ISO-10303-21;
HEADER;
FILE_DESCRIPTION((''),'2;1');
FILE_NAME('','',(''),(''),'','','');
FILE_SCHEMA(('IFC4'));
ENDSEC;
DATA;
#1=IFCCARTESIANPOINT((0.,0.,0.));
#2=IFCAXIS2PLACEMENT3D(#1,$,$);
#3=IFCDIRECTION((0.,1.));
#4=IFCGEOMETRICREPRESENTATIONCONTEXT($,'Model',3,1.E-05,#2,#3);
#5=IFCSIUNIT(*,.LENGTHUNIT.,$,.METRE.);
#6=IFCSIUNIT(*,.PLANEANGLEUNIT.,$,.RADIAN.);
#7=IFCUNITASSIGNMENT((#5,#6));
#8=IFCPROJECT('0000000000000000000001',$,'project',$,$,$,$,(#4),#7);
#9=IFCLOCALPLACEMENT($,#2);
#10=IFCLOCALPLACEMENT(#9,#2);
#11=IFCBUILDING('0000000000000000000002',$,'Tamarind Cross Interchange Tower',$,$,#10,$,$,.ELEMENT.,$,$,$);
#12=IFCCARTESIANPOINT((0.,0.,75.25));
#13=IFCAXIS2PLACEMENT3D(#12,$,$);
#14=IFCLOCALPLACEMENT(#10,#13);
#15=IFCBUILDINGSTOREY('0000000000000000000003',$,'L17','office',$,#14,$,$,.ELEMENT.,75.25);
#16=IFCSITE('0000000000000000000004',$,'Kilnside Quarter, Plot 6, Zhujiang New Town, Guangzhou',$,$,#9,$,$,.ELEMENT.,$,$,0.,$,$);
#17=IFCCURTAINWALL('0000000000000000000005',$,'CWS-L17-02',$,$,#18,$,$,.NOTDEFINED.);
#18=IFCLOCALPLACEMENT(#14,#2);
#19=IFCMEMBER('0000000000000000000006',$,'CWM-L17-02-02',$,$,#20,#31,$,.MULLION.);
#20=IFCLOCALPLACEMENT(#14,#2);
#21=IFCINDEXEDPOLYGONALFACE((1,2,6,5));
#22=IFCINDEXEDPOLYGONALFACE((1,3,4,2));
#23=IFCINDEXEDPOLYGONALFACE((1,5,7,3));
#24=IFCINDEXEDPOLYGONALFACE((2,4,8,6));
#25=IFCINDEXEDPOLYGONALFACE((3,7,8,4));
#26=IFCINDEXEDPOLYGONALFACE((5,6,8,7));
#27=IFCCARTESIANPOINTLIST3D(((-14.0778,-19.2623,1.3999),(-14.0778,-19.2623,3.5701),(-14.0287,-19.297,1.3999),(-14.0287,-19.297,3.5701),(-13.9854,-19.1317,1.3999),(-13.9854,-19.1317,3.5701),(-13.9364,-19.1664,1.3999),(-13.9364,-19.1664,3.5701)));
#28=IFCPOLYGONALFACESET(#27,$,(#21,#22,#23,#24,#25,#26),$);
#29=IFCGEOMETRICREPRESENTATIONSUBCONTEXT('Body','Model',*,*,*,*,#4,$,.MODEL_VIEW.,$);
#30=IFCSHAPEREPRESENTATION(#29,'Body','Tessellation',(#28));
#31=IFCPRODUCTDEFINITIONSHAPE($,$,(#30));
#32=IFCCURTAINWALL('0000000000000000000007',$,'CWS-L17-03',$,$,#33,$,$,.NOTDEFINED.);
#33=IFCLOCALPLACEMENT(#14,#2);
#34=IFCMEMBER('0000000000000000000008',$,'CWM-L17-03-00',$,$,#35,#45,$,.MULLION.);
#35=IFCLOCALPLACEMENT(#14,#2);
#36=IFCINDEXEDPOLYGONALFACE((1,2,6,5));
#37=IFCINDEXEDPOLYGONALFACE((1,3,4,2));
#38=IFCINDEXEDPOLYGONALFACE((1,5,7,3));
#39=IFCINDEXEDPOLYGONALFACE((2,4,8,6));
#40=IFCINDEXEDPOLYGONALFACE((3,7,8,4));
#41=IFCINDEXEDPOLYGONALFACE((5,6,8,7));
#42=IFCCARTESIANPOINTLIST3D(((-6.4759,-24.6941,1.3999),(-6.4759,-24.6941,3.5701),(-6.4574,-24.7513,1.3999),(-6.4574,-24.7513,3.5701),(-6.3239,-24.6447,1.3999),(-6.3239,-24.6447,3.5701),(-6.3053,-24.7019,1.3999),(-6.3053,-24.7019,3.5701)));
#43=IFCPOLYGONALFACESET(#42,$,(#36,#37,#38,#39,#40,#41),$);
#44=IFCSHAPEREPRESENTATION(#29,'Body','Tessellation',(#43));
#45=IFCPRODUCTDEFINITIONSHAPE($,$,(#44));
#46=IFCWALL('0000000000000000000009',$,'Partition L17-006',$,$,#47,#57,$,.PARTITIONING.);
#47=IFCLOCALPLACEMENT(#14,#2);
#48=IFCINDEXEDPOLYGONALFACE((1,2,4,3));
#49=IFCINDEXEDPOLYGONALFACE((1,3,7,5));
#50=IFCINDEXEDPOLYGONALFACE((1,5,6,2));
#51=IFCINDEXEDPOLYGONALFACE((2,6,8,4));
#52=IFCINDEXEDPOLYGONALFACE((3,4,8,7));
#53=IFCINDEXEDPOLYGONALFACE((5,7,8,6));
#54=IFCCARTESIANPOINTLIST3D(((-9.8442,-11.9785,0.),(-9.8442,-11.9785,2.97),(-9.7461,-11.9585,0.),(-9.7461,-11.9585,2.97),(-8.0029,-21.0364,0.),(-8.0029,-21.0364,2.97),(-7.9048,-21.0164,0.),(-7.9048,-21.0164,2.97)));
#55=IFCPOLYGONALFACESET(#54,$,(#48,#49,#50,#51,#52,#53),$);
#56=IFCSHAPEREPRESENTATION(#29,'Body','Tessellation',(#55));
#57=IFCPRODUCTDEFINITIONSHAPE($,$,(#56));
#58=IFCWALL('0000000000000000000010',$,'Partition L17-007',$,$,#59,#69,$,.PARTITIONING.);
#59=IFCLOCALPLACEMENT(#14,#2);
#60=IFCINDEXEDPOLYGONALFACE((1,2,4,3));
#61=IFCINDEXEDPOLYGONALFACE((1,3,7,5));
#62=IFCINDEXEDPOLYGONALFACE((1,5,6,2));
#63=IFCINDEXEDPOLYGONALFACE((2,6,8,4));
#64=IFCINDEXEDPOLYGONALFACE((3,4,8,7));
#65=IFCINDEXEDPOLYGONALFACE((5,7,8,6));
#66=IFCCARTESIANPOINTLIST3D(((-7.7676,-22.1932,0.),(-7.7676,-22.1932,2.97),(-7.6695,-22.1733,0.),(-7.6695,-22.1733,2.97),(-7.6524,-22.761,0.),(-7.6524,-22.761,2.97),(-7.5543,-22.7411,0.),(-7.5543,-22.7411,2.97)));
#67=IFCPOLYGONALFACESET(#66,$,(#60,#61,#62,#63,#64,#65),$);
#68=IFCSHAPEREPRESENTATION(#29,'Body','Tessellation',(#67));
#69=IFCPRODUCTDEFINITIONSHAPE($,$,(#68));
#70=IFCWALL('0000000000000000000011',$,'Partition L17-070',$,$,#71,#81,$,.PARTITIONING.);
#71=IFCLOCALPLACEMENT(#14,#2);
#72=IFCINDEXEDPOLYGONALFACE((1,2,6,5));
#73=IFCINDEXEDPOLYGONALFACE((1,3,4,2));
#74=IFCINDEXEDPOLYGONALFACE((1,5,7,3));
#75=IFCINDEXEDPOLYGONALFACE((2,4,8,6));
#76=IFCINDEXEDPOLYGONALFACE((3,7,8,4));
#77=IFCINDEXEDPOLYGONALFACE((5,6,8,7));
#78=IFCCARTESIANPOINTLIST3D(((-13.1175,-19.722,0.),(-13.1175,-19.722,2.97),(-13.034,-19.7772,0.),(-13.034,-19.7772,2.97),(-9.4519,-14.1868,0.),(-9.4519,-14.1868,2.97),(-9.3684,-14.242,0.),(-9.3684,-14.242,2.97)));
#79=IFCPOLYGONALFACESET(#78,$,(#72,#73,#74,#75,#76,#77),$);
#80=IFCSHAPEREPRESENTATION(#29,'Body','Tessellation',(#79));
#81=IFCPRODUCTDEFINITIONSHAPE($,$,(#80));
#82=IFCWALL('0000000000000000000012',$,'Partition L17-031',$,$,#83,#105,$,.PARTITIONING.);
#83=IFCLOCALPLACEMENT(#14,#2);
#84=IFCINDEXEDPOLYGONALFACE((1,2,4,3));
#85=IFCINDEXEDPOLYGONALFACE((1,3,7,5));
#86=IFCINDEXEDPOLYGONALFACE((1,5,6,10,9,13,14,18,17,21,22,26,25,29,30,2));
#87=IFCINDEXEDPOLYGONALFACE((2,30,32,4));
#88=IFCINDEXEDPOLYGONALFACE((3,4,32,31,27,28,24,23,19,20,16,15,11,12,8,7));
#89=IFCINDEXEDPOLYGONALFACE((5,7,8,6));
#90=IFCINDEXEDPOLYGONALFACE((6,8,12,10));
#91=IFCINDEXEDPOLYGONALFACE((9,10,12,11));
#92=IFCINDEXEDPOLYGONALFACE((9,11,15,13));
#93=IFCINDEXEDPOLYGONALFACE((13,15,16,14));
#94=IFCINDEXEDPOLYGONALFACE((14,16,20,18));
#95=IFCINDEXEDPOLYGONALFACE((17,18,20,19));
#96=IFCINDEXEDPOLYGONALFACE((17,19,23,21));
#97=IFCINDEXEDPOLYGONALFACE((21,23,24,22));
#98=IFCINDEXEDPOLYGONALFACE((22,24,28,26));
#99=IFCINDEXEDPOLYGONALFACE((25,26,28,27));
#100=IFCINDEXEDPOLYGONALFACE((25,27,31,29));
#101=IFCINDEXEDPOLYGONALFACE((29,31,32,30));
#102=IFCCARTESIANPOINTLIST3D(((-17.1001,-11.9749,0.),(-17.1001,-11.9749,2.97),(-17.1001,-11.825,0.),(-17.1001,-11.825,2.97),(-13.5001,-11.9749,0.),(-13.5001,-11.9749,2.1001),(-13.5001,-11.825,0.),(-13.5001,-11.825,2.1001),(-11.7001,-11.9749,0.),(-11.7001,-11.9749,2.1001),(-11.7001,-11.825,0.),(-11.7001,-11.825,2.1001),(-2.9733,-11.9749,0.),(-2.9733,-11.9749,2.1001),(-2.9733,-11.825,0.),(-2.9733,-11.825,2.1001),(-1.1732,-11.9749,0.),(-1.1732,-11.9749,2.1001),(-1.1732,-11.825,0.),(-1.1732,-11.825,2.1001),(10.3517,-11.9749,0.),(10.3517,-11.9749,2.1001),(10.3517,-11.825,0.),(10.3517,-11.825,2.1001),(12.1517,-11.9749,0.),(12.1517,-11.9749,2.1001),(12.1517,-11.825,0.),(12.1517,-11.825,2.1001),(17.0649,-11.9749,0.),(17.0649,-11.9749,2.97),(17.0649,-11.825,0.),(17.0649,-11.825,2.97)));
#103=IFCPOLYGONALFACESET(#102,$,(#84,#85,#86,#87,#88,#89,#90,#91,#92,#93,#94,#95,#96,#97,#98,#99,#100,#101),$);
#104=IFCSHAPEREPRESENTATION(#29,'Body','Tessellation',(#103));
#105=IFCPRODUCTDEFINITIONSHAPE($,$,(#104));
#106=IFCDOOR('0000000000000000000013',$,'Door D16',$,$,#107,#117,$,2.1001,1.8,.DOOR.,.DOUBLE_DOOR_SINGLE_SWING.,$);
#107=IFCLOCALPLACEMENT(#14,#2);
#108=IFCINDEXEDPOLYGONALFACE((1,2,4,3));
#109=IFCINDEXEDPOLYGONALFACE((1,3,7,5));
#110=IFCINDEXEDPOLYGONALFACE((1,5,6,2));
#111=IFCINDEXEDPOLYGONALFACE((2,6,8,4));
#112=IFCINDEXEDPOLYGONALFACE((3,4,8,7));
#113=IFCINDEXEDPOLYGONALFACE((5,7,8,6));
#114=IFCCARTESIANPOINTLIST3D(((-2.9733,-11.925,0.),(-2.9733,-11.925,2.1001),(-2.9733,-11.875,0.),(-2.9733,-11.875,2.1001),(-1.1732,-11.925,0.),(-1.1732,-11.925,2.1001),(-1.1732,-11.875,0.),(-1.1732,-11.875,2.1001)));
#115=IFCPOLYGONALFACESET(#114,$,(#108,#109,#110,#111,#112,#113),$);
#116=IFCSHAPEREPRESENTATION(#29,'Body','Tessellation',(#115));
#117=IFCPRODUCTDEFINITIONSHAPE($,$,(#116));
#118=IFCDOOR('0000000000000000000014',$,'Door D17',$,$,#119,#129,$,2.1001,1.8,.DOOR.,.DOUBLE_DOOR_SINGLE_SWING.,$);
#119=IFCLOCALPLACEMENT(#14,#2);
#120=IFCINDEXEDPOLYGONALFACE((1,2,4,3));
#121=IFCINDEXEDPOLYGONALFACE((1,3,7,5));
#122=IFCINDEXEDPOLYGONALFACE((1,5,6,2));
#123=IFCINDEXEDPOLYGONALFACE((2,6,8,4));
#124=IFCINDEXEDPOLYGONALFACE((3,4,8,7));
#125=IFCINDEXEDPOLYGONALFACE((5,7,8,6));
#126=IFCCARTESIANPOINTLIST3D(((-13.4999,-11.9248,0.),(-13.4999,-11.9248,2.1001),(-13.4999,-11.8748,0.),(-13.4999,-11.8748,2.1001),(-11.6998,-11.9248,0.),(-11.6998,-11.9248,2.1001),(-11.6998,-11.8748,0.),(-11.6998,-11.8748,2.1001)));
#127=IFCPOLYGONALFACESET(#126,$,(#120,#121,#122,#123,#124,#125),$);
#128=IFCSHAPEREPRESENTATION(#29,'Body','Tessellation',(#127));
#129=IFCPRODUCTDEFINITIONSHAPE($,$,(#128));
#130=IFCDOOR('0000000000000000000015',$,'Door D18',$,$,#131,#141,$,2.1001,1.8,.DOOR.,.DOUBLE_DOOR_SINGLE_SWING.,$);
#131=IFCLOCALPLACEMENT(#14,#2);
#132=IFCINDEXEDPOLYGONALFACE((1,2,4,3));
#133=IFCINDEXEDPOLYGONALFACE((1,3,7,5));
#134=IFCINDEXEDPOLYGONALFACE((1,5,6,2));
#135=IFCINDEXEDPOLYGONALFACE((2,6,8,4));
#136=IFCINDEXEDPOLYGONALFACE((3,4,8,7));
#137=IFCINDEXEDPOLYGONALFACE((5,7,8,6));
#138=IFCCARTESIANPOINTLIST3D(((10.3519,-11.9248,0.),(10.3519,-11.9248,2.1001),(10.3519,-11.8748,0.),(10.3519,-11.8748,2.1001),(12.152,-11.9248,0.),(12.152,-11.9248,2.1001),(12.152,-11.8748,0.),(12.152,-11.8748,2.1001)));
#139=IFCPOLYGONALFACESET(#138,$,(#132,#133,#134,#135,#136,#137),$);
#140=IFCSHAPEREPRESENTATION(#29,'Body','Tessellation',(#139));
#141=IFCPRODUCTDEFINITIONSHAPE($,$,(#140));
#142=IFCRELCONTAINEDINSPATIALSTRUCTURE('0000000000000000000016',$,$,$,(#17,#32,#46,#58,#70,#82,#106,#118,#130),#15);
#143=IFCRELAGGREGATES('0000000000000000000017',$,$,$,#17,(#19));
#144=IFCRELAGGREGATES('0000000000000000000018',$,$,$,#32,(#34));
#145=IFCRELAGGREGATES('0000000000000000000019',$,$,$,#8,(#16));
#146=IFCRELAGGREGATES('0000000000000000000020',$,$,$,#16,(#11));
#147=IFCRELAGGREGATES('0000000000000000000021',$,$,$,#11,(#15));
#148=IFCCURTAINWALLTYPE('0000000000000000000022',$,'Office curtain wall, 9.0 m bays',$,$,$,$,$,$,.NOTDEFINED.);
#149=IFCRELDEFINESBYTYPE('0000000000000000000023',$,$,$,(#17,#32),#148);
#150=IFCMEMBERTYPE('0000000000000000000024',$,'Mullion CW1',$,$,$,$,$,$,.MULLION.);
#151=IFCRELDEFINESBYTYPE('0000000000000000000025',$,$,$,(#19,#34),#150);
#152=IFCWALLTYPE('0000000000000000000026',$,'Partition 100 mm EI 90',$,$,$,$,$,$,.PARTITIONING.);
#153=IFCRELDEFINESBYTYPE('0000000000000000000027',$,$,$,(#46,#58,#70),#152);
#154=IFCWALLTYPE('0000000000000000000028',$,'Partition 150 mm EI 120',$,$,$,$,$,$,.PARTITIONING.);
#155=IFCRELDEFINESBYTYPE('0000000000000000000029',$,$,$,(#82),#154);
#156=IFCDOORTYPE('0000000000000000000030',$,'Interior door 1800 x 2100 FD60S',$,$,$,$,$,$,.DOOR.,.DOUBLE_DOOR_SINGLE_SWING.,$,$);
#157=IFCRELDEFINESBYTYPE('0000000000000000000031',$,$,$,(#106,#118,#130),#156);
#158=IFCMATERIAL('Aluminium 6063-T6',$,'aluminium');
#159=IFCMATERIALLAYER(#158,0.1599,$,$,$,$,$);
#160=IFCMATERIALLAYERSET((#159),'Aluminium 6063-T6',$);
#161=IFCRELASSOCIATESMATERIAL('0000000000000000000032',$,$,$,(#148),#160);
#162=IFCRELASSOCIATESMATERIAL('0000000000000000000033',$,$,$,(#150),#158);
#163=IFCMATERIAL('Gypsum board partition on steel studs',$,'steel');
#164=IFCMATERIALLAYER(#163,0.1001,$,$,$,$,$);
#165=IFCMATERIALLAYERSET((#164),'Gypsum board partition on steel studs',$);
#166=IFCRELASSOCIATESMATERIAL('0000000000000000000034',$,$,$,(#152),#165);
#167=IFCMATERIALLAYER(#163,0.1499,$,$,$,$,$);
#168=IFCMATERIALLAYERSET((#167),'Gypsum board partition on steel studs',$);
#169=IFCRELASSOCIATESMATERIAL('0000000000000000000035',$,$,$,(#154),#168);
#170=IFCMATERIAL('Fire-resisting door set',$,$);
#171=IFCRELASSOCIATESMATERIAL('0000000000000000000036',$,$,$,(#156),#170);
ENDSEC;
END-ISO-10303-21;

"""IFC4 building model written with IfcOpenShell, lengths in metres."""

from ifc_helpers import new_model, si_unit, direction, frame, frame_2d, origin, origin_2d, place, context, subcontext, project, spatial, rectangle, extrude, material, layer, layer_set, material_profile, profile_set, type_object, element, fill, aggregate, save


model = new_model("IFC4")

# Units and contexts
model_context = context("Model", 3, precision=1e-05, world=origin(), true_north=direction((0.0, 1.0)))
body_context = subcontext(model_context, "Body", "Model", "MODEL_VIEW")
ifc_project = project(units=[si_unit("LENGTHUNIT", "METRE"), si_unit("PLANEANGLEUNIT", "RADIAN")], contexts=[model_context])

# Site, building, storey
site_placement = place(None, origin())
site = spatial("IfcSite", under=ifc_project, at=site_placement, Name="Kilnside Quarter, Plot 6, Zhujiang New Town, Guangzhou", CompositionType="ELEMENT", RefElevation=0.0)
building_placement = place(site_placement, origin())
building = spatial("IfcBuilding", under=site, at=building_placement, Name="Tamarind Cross Interchange Tower", CompositionType="ELEMENT")
storey_placement = place(building_placement, frame((0.0, 0.0, 75.25)))
storey = spatial("IfcBuildingStorey", under=building, at=storey_placement, Name="L17", Description="office", CompositionType="ELEMENT", Elevation=75.25)

# Curtain walls, members
ifc_material_1 = material(Name="Aluminium 6063-T6", Category="aluminium")
ifc_layer_1 = layer(ifc_material_1, 0.1599)
ifc_layer_set_1 = layer_set([ifc_layer_1], Name="Aluminium 6063-T6")
curtain_wall_type = type_object("IfcCurtainWallType", Name="Office curtain wall, 9.0 m bays", PredefinedType="NOTDEFINED", material=ifc_layer_set_1)
curtain_wall_1_placement = place(storey_placement, origin())
curtain_wall_1 = element("IfcCurtainWall", 1, at=curtain_wall_1_placement, inside=storey, type_object=curtain_wall_type, Name="CWS-L17-02", PredefinedType="NOTDEFINED")
ifc_material_profile_1 = material_profile(ifc_material_1, rectangle(XDim=0.0601, YDim=0.1599, at=origin_2d()), Name="Mullion CW1")
ifc_profile_set_1 = profile_set([ifc_material_profile_1], Name="Aluminium 6063-T6")
member_type = type_object("IfcMemberType", Name="Mullion CW1", PredefinedType="MULLION", material=ifc_profile_set_1)
member_1_placement = place(storey_placement, frame((-14.0071, -19.2144, 1.3999), z_axis=(0.0, 0.0, 1.0), x_axis=(0.816342, -0.577569, 0.0)))
member_1 = element("IfcMember", 2, at=member_1_placement, type_object=member_type, Name="CWM-L17-02-02", PredefinedType="MULLION", context=body_context, shape_type="SweptSolid", body=[
    extrude(rectangle(XDim=0.0601, YDim=0.1599, at=origin_2d()), origin(), (0.0, 0.0, 1.0), 2.1702),
])
aggregate(curtain_wall_1, [member_1])
curtain_wall_2_placement = place(storey_placement, origin())
curtain_wall_2 = element("IfcCurtainWall", 3, at=curtain_wall_2_placement, inside=storey, type_object=curtain_wall_type, Name="CWS-L17-03", PredefinedType="NOTDEFINED")
member_2_placement = place(storey_placement, frame((-6.3906, -24.698, 1.3999), z_axis=(0.0, 0.0, 1.0), x_axis=(0.308819, -0.951121, 0.0)))
member_2 = element("IfcMember", 4, at=member_2_placement, type_object=member_type, Name="CWM-L17-03-00", PredefinedType="MULLION", context=body_context, shape_type="SweptSolid", body=[
    extrude(rectangle(XDim=0.0601, YDim=0.1599, at=origin_2d()), origin(), (0.0, 0.0, 1.0), 2.1702),
])
aggregate(curtain_wall_2, [member_2])

# Walls
ifc_material_2 = material(Name="Gypsum board partition on steel studs", Category="steel")
ifc_layer_2 = layer(ifc_material_2, 0.1001)
ifc_layer_set_2 = layer_set([ifc_layer_2], Name="Gypsum board partition on steel studs")
wall_type_1 = type_object("IfcWallType", Name="Partition 100 mm EI 90", PredefinedType="PARTITIONING", material=ifc_layer_set_2)
wall_1_placement = place(storey_placement, frame((-9.7952, -11.9685, 0.0), z_axis=(0.0, 0.0, 1.0), x_axis=(0.199209, -0.979957, 0.0)))
element("IfcWall", 5, at=wall_1_placement, inside=storey, type_object=wall_type_1, Name="Partition L17-006", PredefinedType="PARTITIONING", context=body_context, shape_type="SweptSolid", body=[
    extrude(rectangle(XDim=9.2432, YDim=0.1001, at=frame_2d((4.6216, 0.0))), origin(), (0.0, 0.0, 1.0), 2.97),
])
wall_2_placement = place(storey_placement, frame((-7.7185, -22.1833, 0.0), z_axis=(0.0, 0.0, 1.0), x_axis=(0.19887, -0.980026, 0.0)))
element("IfcWall", 6, at=wall_2_placement, inside=storey, type_object=wall_type_1, Name="Partition L17-007", PredefinedType="PARTITIONING", context=body_context, shape_type="SweptSolid", body=[
    extrude(rectangle(XDim=0.5793, YDim=0.1001, at=frame_2d((0.2896, 0.0))), origin(), (0.0, 0.0, 1.0), 2.97),
])
wall_3_placement = place(storey_placement, frame((-13.0757, -19.7495, 0.0), z_axis=(0.0, 0.0, 1.0), x_axis=(0.552135, 0.833755, 0.0)))
element("IfcWall", 7, at=wall_3_placement, inside=storey, type_object=wall_type_1, Name="Partition L17-070", PredefinedType="PARTITIONING", context=body_context, shape_type="SweptSolid", body=[
    extrude(rectangle(XDim=6.6389, YDim=0.1001, at=frame_2d((3.3193, 0.0))), origin(), (0.0, 0.0, 1.0), 2.97),
])

# Wall, openings, doors
ifc_layer_3 = layer(ifc_material_2, 0.1499)
ifc_layer_set_3 = layer_set([ifc_layer_3], Name="Gypsum board partition on steel studs")
wall_type_2 = type_object("IfcWallType", Name="Partition 150 mm EI 120", PredefinedType="PARTITIONING", material=ifc_layer_set_3)
wall_4_placement = place(storey_placement, frame((-17.1001, -11.8999, 0.0), z_axis=(0.0, 0.0, 1.0), x_axis=(1.0, 0.0, 0.0)))
wall_4 = element("IfcWall", 8, at=wall_4_placement, inside=storey, type_object=wall_type_2, Name="Partition L17-031", PredefinedType="PARTITIONING", context=body_context, shape_type="SweptSolid", body=[
    extrude(rectangle(XDim=34.165, YDim=0.1499, at=frame_2d((17.0825, 0.0))), origin(), (0.0, 0.0, 1.0), 2.97),
])
opening_1_placement = place(wall_4_placement, frame((14.127, 0.0, 0.0)))
opening_1 = element("IfcOpeningElement", 9, at=opening_1_placement, cuts=wall_4, PredefinedType="OPENING", context=body_context, shape_type="SweptSolid", body=[
    extrude(rectangle(XDim=1.8, YDim=2.1001, at=frame_2d((0.8999, 1.05))), frame((0.0, 0.085, 0.0), z_axis=(0.0, -1.0, 0.0), x_axis=(1.0, 0.0, 0.0)), (0.0, 0.0, 1.0), 0.1699),
])
opening_2_placement = place(wall_4_placement, frame((3.6001, 0.0, 0.0)))
opening_2 = element("IfcOpeningElement", 10, at=opening_2_placement, cuts=wall_4, PredefinedType="OPENING", context=body_context, shape_type="SweptSolid", body=[
    extrude(rectangle(XDim=1.8, YDim=2.1001, at=frame_2d((0.8999, 1.05))), frame((0.0, 0.085, 0.0), z_axis=(0.0, -1.0, 0.0), x_axis=(1.0, 0.0, 0.0)), (0.0, 0.0, 1.0), 0.1699),
])
opening_3_placement = place(wall_4_placement, frame((27.4519, 0.0, 0.0)))
opening_3 = element("IfcOpeningElement", 11, at=opening_3_placement, cuts=wall_4, PredefinedType="OPENING", context=body_context, shape_type="SweptSolid", body=[
    extrude(rectangle(XDim=1.8, YDim=2.1001, at=frame_2d((0.8999, 1.05))), frame((0.0, 0.085, 0.0), z_axis=(0.0, -1.0, 0.0), x_axis=(1.0, 0.0, 0.0)), (0.0, 0.0, 1.0), 0.1699),
])
ifc_material_3 = material(Name="Fire-resisting door set")
door_type = type_object("IfcDoorType", Name="Interior door 1800 x 2100 FD60S", OperationType="DOUBLE_DOOR_SINGLE_SWING", PredefinedType="DOOR", material=ifc_material_3)
door_1_placement = place(opening_1_placement, origin())
door_1 = element("IfcDoor", 12, at=door_1_placement, inside=storey, type_object=door_type, Name="Door D16", OperationType="DOUBLE_DOOR_SINGLE_SWING", OverallHeight=2.1001, OverallWidth=1.8, PredefinedType="DOOR", context=body_context, shape_type="SweptSolid", body=[
    extrude(rectangle(XDim=1.8, YDim=2.1001, at=frame_2d((0.8999, 1.05))), frame((0.0, 0.0249, 0.0), z_axis=(0.0, -1.0, 0.0), x_axis=(1.0, 0.0, 0.0)), (0.0, 0.0, 1.0), 0.05),
])
fill(opening_1, door_1)
door_2_placement = place(opening_2_placement, frame((1.8, 0.0, 0.0), z_axis=(0.0, 0.0, 1.0), x_axis=(-1.0, 0.0, 0.0)))
door_2 = element("IfcDoor", 13, at=door_2_placement, inside=storey, type_object=door_type, Name="Door D17", OperationType="DOUBLE_DOOR_SINGLE_SWING", OverallHeight=2.1001, OverallWidth=1.8, PredefinedType="DOOR", context=body_context, shape_type="SweptSolid", body=[
    extrude(rectangle(XDim=1.8, YDim=2.1001, at=frame_2d((0.8999, 1.05))), frame((0.0, 0.0249, 0.0), z_axis=(0.0, -1.0, 0.0), x_axis=(1.0, 0.0, 0.0)), (0.0, 0.0, 1.0), 0.05),
])
fill(opening_2, door_2)
door_3_placement = place(opening_3_placement, frame((1.8, 0.0, 0.0), z_axis=(0.0, 0.0, 1.0), x_axis=(-1.0, 0.0, 0.0)))
door_3 = element("IfcDoor", 14, at=door_3_placement, inside=storey, type_object=door_type, Name="Door D18", OperationType="DOUBLE_DOOR_SINGLE_SWING", OverallHeight=2.1001, OverallWidth=1.8, PredefinedType="DOOR", context=body_context, shape_type="SweptSolid", body=[
    extrude(rectangle(XDim=1.8, YDim=2.1001, at=frame_2d((0.8999, 1.05))), frame((0.0, 0.0249, 0.0), z_axis=(0.0, -1.0, 0.0), x_axis=(1.0, 0.0, 0.0)), (0.0, 0.0, 1.0), 0.05),
])
fill(opening_3, door_3)

save(model, "model.ifc")
